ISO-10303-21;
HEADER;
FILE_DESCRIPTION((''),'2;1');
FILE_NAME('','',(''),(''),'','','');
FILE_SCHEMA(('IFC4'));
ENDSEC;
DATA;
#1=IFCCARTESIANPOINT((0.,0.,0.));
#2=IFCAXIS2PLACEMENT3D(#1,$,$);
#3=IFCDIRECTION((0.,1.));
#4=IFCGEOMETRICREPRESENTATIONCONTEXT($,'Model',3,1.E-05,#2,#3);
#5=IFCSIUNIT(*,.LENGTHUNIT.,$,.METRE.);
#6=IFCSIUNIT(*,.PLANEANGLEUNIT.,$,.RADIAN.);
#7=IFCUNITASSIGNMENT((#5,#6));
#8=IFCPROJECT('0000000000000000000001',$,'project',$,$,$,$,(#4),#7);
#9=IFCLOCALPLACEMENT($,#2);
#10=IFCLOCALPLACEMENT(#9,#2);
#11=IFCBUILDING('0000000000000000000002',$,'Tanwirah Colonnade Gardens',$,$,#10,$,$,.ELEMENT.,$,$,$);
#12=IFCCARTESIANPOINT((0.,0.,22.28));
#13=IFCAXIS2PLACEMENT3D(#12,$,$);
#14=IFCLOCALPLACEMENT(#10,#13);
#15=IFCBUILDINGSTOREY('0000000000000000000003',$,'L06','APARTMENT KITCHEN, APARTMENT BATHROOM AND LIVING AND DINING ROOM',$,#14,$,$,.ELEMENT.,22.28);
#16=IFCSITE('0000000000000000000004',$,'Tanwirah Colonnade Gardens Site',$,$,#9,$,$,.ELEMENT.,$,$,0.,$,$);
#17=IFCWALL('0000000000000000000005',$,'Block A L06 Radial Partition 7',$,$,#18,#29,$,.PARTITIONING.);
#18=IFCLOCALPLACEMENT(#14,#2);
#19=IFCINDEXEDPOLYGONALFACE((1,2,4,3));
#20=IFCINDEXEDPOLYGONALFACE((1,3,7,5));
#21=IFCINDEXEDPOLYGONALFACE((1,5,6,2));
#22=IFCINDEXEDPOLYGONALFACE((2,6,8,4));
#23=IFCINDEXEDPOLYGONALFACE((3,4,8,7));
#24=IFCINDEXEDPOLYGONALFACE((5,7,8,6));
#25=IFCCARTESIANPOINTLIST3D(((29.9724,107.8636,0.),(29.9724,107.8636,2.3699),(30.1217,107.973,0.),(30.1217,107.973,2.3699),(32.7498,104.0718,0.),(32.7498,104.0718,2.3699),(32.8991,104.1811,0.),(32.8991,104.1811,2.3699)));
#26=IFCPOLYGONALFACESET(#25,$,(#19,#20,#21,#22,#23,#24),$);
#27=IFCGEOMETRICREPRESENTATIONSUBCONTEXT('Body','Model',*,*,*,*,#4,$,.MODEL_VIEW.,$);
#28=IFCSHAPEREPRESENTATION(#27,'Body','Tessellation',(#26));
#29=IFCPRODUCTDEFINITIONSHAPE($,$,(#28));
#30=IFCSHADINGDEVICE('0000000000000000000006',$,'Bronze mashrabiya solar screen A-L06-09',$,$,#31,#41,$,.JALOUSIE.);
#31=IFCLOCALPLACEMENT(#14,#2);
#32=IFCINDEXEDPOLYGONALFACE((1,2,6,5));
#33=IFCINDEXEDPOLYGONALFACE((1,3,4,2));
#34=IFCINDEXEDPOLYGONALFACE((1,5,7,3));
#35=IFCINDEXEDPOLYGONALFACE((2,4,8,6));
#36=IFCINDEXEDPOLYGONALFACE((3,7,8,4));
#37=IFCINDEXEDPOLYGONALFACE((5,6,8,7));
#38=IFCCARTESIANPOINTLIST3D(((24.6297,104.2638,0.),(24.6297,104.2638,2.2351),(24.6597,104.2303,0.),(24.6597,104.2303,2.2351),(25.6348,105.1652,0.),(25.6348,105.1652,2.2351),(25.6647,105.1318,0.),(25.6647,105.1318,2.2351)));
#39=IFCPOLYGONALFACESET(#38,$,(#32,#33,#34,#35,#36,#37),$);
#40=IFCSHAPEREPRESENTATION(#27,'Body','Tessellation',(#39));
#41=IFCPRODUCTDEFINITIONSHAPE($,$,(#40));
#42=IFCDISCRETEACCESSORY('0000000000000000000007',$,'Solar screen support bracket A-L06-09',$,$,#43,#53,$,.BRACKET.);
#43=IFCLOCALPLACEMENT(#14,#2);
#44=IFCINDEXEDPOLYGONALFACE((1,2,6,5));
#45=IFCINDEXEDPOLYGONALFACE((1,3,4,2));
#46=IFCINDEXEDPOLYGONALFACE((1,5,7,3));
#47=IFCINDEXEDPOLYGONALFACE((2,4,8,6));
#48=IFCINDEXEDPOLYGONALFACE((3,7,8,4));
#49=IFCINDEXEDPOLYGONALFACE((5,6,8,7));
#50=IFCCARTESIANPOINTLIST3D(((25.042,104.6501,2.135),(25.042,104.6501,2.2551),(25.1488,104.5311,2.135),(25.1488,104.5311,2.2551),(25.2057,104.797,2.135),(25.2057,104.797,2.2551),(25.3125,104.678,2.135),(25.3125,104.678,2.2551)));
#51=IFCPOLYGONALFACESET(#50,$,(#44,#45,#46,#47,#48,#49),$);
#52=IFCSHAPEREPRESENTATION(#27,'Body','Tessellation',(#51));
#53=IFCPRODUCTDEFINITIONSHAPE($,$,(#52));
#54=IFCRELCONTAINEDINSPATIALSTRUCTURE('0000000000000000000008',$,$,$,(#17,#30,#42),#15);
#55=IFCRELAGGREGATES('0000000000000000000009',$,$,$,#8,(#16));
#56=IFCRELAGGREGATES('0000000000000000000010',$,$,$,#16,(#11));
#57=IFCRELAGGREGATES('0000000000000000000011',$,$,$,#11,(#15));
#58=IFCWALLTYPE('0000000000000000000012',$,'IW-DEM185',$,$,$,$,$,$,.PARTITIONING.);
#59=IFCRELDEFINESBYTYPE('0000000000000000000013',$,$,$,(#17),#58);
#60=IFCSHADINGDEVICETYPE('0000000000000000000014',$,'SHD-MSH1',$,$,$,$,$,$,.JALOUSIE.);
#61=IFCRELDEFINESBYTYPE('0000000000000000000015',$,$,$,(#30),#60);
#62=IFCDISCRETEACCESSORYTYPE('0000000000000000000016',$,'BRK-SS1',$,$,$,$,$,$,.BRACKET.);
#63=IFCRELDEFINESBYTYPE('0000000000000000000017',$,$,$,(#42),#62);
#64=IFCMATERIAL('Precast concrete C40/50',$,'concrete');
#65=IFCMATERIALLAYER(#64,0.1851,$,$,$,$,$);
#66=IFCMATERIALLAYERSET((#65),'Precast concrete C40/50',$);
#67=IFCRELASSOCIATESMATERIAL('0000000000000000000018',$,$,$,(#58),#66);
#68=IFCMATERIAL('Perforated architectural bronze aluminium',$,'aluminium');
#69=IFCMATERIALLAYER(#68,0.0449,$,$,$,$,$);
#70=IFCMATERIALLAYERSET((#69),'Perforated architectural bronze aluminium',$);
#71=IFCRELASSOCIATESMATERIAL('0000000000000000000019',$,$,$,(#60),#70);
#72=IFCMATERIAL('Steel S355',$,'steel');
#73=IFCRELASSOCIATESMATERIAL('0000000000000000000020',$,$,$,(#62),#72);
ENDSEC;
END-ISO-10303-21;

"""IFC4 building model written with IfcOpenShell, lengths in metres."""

from ifc_helpers import new_model, si_unit, direction, frame, frame_2d, origin, origin_2d, place, context, subcontext, project, spatial, rectangle, extrude, material, layer, layer_set, type_object, element, save


model = new_model("IFC4")

# Units and contexts
model_context = context("Model", 3, precision=1e-05, world=origin(), true_north=direction((0.0, 1.0)))
body_context = subcontext(model_context, "Body", "Model", "MODEL_VIEW")
ifc_project = project(units=[si_unit("LENGTHUNIT", "METRE"), si_unit("PLANEANGLEUNIT", "RADIAN")], contexts=[model_context])

# Site, building, storey
site_placement = place(None, origin())
site = spatial("IfcSite", under=ifc_project, at=site_placement, Name="Tanwirah Colonnade Gardens Site", CompositionType="ELEMENT", RefElevation=0.0)
building_placement = place(site_placement, origin())
building = spatial("IfcBuilding", under=site, at=building_placement, Name="Tanwirah Colonnade Gardens", CompositionType="ELEMENT")
storey_placement = place(building_placement, frame((0.0, 0.0, 22.28)))
storey = spatial("IfcBuildingStorey", under=building, at=storey_placement, Name="L06", Description="APARTMENT KITCHEN, APARTMENT BATHROOM AND LIVING AND DINING ROOM", CompositionType="ELEMENT", Elevation=22.28)

# Shared definitions
ifc_material_1 = material(Name="Precast concrete C40/50", Category="concrete")

# Wall
ifc_layer_1 = layer(ifc_material_1, 0.1851)
ifc_layer_set_1 = layer_set([ifc_layer_1], Name="Precast concrete C40/50")
wall_type_1 = type_object("IfcWallType", Name="IW-DEM185", PredefinedType="PARTITIONING", material=ifc_layer_set_1)
wall_1_placement = place(storey_placement, frame((32.8245, 104.1265, 0.0), z_axis=(0.0, 0.0, 1.0), x_axis=(-0.590911, 0.806737, 0.0)))
element("IfcWall", 1, at=wall_1_placement, inside=storey, type_object=wall_type_1, Name="Block A L06 Radial Partition 7", PredefinedType="PARTITIONING", context=body_context, shape_type="SweptSolid", body=[
    extrude(rectangle(XDim=4.7002, YDim=0.1851, at=frame_2d((2.3501, 0.0))), origin(), (0.0, 0.0, 1.0), 2.3699),
])

# Shading device
ifc_material_2 = material(Name="Perforated architectural bronze aluminium", Category="aluminium")
ifc_layer_2 = layer(ifc_material_2, 0.0449)
ifc_layer_set_2 = layer_set([ifc_layer_2], Name="Perforated architectural bronze aluminium")
shading_device_type = type_object("IfcShadingDeviceType", Name="SHD-MSH1", PredefinedType="JALOUSIE", material=ifc_layer_set_2)
shading_device_placement = place(storey_placement, frame((25.1472, 104.6978, 0.0), z_axis=(0.0, 0.0, 1.0), x_axis=(-0.744443, -0.667686, 0.0)))
element("IfcShadingDevice", 2, at=shading_device_placement, inside=storey, type_object=shading_device_type, Name="Bronze mashrabiya solar screen A-L06-09", PredefinedType="JALOUSIE", context=body_context, shape_type="SweptSolid", body=[
    extrude(rectangle(XDim=1.3501, YDim=0.0449, at=origin_2d()), origin(), (0.0, 0.0, 1.0), 2.2351),
])

# Discrete accessory
ifc_material_3 = material(Name="Steel S355", Category="steel")
discrete_accessory_type = type_object("IfcDiscreteAccessoryType", Name="BRK-SS1", PredefinedType="BRACKET", material=ifc_material_3)
discrete_accessory_placement = place(storey_placement, frame((25.1772, 104.6641, 2.135), z_axis=(0.0, 0.0, 1.0), x_axis=(-0.744443, -0.667686, 0.0)))
element("IfcDiscreteAccessory", 3, at=discrete_accessory_placement, inside=storey, type_object=discrete_accessory_type, Name="Solar screen support bracket A-L06-09", PredefinedType="BRACKET", context=body_context, shape_type="SweptSolid", body=[
    extrude(rectangle(XDim=0.22, YDim=0.1599, at=origin_2d()), origin(), (0.0, 0.0, 1.0), 0.1201),
])

save(model, "model.ifc")
